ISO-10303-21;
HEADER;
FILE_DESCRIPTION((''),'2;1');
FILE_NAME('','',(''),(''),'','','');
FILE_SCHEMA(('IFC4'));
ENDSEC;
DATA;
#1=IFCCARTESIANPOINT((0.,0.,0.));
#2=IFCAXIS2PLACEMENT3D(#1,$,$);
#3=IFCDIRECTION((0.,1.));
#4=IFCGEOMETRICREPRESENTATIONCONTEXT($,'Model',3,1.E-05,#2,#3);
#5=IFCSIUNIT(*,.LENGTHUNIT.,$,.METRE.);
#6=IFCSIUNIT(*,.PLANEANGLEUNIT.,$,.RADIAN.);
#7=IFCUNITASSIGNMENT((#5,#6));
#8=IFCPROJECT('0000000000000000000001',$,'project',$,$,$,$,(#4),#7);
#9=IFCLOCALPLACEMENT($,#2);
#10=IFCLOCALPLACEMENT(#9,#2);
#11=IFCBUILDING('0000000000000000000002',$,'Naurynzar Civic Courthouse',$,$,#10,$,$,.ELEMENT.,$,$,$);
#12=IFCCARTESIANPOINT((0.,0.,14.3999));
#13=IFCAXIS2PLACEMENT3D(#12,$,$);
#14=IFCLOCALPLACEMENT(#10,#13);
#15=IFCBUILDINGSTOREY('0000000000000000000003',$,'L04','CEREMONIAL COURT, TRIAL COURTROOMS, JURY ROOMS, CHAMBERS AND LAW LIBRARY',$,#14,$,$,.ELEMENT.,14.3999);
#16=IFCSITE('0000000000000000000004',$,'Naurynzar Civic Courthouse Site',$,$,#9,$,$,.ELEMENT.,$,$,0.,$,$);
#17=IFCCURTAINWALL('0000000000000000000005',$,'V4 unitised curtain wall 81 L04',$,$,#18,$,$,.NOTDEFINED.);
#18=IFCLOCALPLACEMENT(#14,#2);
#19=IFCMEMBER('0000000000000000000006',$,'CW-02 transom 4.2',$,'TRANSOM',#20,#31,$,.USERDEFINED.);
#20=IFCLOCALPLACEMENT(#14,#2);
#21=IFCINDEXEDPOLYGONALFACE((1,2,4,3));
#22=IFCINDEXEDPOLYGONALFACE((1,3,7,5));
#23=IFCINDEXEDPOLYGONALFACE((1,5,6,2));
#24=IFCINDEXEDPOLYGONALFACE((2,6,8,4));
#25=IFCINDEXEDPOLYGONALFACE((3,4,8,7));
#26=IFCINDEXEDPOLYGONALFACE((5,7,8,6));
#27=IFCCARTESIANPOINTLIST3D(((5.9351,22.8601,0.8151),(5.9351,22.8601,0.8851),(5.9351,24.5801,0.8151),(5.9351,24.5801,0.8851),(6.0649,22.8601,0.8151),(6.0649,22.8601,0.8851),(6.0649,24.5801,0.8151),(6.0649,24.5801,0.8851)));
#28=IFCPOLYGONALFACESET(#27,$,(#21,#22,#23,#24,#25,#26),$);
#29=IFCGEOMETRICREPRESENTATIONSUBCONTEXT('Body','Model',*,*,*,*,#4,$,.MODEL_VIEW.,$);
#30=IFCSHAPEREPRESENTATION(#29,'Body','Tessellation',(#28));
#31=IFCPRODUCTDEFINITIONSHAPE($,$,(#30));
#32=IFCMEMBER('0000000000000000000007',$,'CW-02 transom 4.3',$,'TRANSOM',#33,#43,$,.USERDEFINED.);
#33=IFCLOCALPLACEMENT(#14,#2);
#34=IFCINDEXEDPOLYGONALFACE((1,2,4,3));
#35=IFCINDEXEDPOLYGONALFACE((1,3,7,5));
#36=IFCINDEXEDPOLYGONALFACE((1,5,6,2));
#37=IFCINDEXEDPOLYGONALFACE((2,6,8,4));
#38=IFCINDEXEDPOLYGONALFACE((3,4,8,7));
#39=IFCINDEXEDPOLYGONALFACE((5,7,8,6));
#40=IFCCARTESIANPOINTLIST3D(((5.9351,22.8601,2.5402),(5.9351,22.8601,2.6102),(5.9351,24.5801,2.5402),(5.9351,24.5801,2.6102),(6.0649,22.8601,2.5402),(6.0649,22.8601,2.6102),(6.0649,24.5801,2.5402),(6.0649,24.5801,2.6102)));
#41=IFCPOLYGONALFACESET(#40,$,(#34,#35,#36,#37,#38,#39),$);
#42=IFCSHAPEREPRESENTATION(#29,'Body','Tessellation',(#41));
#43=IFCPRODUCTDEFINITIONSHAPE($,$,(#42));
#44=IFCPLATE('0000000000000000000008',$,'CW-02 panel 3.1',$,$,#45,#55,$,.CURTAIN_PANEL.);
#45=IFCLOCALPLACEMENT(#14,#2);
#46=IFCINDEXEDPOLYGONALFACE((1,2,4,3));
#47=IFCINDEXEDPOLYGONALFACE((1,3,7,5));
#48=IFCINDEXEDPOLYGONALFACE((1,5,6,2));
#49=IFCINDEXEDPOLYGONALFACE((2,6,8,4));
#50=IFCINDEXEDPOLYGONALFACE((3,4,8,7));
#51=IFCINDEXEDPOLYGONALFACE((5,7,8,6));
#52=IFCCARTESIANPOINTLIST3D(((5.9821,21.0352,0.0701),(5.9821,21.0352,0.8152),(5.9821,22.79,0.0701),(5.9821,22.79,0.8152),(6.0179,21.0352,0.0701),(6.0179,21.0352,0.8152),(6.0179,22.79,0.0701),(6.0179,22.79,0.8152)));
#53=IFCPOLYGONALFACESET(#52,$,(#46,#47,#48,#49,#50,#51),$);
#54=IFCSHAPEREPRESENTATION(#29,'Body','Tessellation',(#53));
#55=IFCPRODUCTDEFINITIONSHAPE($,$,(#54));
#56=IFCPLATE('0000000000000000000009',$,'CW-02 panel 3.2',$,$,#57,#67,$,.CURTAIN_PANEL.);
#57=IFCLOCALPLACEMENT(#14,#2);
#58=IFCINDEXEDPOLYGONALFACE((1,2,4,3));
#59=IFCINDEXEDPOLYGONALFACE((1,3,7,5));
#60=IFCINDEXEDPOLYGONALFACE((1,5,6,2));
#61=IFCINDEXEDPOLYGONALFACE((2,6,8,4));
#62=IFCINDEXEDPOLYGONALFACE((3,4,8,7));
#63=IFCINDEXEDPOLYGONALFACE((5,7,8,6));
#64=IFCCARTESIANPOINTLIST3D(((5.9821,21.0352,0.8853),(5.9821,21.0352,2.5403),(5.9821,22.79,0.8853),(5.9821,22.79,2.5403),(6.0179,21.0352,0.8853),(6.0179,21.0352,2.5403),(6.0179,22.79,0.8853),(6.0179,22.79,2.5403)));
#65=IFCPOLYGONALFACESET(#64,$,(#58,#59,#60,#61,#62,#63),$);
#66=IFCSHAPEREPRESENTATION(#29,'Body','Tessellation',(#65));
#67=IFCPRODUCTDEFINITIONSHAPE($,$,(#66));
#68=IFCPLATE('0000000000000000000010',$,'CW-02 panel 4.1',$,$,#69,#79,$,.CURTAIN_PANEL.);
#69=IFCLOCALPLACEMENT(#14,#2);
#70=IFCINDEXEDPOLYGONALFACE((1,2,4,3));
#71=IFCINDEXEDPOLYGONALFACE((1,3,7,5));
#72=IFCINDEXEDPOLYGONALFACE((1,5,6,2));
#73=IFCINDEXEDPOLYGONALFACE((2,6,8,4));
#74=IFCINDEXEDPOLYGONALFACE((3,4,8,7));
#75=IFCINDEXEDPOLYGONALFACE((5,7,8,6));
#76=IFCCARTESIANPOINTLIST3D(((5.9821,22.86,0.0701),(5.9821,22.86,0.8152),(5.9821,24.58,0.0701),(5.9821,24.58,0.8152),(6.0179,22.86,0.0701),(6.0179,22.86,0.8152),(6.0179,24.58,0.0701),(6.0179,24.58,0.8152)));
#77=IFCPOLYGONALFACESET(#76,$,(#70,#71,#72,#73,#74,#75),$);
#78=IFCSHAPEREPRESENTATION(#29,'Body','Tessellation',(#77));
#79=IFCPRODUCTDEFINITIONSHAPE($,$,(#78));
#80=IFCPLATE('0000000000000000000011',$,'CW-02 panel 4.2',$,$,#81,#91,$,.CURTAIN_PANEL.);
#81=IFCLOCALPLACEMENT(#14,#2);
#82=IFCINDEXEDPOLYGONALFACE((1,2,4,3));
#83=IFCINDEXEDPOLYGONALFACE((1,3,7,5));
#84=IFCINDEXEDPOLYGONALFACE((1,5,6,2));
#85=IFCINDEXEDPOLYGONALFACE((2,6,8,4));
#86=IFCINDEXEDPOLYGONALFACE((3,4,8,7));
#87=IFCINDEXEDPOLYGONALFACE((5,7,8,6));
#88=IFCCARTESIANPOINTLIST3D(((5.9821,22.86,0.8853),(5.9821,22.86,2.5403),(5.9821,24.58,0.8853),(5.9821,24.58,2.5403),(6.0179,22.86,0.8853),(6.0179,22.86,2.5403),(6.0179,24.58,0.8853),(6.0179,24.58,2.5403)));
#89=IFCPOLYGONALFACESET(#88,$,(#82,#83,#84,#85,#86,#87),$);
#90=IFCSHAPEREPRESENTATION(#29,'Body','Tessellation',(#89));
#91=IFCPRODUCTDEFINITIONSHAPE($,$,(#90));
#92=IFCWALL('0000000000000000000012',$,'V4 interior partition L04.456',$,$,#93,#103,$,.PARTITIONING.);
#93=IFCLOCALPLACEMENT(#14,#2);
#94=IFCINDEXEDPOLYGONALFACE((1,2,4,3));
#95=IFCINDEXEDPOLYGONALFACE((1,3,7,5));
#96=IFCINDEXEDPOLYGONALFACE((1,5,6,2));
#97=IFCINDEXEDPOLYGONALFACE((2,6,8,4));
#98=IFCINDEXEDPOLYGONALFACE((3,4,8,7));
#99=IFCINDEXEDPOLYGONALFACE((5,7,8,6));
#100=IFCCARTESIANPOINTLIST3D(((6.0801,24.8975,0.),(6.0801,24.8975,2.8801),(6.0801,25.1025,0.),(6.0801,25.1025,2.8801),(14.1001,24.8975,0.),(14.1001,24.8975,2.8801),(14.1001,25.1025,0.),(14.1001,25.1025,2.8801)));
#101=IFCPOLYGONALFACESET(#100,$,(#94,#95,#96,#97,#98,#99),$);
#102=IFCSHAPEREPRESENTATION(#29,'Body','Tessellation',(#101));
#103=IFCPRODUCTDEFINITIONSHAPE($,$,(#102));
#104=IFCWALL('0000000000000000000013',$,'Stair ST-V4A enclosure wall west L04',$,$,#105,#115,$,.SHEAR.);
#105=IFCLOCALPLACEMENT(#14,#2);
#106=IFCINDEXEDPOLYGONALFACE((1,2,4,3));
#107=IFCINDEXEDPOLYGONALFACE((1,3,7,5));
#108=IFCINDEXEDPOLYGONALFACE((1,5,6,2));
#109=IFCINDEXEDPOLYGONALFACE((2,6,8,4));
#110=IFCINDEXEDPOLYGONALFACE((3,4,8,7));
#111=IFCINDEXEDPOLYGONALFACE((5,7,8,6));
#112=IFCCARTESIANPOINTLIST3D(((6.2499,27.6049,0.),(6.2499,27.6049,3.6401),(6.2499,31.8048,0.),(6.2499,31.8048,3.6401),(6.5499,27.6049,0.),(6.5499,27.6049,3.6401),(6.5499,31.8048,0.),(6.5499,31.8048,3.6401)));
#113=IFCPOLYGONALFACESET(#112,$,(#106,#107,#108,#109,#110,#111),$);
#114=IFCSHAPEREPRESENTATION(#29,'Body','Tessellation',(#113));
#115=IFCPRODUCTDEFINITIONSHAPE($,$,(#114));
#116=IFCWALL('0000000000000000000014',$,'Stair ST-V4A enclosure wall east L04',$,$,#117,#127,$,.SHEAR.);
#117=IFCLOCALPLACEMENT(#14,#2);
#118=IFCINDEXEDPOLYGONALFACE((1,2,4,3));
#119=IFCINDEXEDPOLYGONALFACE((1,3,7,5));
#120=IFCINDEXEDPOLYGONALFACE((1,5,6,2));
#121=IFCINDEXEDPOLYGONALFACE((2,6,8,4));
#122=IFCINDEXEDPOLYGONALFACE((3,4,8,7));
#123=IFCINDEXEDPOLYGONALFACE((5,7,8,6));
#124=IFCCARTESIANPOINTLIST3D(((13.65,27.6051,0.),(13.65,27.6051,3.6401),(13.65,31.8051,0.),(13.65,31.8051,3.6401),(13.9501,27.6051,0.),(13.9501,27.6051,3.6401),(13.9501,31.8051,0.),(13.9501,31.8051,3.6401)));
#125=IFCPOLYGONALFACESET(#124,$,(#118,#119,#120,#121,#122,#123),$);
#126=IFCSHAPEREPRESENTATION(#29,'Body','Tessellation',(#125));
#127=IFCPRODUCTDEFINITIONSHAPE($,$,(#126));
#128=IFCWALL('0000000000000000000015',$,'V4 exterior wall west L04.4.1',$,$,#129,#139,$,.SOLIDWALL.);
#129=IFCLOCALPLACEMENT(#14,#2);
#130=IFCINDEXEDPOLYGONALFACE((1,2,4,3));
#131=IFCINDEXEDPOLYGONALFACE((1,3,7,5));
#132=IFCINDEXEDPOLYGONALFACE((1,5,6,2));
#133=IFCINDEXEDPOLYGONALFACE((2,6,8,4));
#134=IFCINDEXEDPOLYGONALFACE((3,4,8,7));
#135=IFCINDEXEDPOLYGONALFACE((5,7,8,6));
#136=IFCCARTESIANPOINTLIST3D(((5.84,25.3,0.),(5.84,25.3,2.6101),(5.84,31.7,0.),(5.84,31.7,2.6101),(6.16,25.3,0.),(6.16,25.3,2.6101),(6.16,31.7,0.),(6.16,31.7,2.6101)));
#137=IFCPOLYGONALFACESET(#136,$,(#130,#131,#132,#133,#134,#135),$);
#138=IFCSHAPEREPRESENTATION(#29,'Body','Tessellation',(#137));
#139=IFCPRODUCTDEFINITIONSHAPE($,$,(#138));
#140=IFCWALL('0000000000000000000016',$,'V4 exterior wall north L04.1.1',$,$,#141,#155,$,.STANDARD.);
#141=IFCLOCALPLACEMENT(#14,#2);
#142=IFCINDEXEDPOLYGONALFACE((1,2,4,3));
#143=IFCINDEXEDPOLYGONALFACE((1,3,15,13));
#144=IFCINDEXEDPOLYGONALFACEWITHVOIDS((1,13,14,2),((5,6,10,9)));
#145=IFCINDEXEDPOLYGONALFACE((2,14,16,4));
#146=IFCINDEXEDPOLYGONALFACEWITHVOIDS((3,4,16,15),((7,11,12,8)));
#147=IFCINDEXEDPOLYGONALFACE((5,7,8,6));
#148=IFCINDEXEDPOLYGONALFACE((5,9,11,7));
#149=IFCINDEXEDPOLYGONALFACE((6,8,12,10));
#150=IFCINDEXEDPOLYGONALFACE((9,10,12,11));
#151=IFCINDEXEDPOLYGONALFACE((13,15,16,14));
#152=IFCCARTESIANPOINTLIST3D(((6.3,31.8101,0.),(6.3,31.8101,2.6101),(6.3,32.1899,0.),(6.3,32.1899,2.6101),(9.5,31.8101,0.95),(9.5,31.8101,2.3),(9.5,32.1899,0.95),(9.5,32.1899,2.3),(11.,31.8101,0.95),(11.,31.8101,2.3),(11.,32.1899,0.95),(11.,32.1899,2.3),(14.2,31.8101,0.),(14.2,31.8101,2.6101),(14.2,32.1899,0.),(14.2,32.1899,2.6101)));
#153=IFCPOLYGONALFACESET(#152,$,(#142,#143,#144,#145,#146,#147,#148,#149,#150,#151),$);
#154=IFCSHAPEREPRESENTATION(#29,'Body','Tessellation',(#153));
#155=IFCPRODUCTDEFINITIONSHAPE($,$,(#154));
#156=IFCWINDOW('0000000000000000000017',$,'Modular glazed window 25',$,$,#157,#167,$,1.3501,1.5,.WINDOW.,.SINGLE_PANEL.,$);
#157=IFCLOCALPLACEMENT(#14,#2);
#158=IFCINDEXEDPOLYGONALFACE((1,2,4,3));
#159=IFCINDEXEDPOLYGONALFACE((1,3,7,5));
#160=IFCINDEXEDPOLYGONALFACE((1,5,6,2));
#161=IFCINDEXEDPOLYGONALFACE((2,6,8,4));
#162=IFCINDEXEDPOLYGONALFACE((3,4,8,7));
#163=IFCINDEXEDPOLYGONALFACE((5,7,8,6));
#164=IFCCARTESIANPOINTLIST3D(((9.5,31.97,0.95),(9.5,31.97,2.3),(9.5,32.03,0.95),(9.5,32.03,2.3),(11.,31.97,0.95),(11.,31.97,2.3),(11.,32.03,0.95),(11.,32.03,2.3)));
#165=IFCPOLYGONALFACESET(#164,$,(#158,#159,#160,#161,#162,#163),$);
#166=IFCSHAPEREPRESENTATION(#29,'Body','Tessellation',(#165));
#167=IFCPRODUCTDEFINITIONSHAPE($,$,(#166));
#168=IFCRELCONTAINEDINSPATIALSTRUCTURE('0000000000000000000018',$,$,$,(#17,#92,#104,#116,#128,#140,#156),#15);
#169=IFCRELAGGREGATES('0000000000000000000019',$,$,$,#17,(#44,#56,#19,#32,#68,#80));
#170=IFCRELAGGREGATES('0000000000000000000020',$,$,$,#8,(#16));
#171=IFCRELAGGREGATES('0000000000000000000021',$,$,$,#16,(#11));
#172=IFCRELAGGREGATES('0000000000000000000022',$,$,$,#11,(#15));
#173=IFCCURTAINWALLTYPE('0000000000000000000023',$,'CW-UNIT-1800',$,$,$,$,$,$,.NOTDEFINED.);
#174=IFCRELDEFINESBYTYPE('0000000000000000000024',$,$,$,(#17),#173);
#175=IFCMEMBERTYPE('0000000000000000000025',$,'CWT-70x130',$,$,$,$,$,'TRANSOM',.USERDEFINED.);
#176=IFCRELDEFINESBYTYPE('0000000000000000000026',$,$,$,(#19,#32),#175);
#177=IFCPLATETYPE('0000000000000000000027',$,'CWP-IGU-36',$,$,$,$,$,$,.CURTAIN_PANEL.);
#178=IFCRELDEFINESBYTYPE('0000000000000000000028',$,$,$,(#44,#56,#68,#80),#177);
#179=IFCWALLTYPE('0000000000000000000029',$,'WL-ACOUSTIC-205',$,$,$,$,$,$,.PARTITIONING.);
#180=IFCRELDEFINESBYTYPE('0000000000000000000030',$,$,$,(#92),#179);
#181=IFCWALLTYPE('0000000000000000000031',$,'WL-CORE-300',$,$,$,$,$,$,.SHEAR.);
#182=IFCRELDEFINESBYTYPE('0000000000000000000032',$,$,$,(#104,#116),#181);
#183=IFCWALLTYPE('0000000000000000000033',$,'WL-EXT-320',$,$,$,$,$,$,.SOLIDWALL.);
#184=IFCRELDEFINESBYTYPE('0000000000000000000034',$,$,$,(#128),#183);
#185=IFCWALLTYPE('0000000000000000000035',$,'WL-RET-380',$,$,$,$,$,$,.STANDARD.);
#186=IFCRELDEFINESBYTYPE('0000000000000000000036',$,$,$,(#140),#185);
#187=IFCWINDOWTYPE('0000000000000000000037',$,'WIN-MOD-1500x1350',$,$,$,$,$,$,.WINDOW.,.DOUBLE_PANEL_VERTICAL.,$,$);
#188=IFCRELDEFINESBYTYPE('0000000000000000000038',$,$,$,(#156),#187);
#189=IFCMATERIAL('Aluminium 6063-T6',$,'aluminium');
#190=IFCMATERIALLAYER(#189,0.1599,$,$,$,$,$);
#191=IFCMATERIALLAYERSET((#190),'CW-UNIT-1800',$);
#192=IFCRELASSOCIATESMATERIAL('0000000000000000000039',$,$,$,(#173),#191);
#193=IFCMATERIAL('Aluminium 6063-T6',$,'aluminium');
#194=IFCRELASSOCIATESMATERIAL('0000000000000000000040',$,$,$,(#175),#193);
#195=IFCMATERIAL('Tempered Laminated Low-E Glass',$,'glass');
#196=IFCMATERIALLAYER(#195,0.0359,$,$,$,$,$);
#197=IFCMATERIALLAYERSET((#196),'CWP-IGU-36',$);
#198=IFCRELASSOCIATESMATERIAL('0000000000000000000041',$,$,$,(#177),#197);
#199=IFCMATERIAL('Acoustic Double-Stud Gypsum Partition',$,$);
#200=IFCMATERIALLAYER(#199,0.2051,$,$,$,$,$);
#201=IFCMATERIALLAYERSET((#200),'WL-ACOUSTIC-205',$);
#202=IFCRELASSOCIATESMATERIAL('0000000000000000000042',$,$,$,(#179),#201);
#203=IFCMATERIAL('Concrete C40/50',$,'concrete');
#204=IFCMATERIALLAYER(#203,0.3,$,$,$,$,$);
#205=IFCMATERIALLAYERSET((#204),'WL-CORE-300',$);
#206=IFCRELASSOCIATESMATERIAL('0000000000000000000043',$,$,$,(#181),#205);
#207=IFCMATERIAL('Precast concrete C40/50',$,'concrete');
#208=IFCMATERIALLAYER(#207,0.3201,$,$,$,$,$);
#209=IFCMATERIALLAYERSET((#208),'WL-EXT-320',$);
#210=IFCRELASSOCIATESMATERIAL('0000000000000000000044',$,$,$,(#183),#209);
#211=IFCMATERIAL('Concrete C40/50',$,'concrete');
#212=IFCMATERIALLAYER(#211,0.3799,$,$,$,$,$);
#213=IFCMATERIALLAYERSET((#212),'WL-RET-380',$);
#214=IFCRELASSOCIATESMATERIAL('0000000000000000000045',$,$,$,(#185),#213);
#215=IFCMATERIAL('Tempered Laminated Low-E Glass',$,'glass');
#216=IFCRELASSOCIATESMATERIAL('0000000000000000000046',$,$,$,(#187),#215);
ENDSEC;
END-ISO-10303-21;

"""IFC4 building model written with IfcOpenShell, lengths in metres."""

from ifc_helpers import new_model, si_unit, direction, frame, frame_2d, origin, origin_2d, place, context, subcontext, project, spatial, rectangle, extrude, material, layer, layer_set, material_profile, profile_set, type_object, element, fill, aggregate, save


model = new_model("IFC4")

# Units and contexts
model_context = context("Model", 3, precision=1e-05, world=origin(), true_north=direction((0.0, 1.0)))
body_context = subcontext(model_context, "Body", "Model", "MODEL_VIEW")
ifc_project = project(units=[si_unit("LENGTHUNIT", "METRE"), si_unit("PLANEANGLEUNIT", "RADIAN")], contexts=[model_context])

# Site, building, storey
site_placement = place(None, origin())
site = spatial("IfcSite", under=ifc_project, at=site_placement, Name="Naurynzar Civic Courthouse Site", CompositionType="ELEMENT", RefElevation=0.0)
building_placement = place(site_placement, origin())
building = spatial("IfcBuilding", under=site, at=building_placement, Name="Naurynzar Civic Courthouse", CompositionType="ELEMENT")
storey_placement = place(building_placement, frame((0.0, 0.0, 14.3999)))
storey = spatial("IfcBuildingStorey", under=building, at=storey_placement, Name="L04", Description="CEREMONIAL COURT, TRIAL COURTROOMS, JURY ROOMS, CHAMBERS AND LAW LIBRARY", CompositionType="ELEMENT", Elevation=14.3999)

# Curtain wall, members, plates
ifc_material_1 = material(Name="Aluminium 6063-T6", Category="aluminium")
ifc_layer_1 = layer(ifc_material_1, 0.1599)
ifc_layer_set_1 = layer_set([ifc_layer_1], Name="CW-UNIT-1800")
curtain_wall_type = type_object("IfcCurtainWallType", Name="CW-UNIT-1800", PredefinedType="NOTDEFINED", material=ifc_layer_set_1)
curtain_wall_placement = place(storey_placement, origin())
curtain_wall = element("IfcCurtainWall", 1, at=curtain_wall_placement, inside=storey, type_object=curtain_wall_type, Name="V4 unitised curtain wall 81 L04", PredefinedType="NOTDEFINED")
ifc_material_2 = material(Name="Aluminium 6063-T6", Category="aluminium")
ifc_material_profile_1 = material_profile(ifc_material_2, rectangle(XDim=0.1299, YDim=0.0701, at=origin_2d()), Name="ALU TRANSOM 70x130")
ifc_profile_set_1 = profile_set([ifc_material_profile_1], Name="Aluminium 6063-T6")
member_type_1 = type_object("IfcMemberType", Name="CWT-70x130", ElementType="TRANSOM", PredefinedType="USERDEFINED", material=ifc_profile_set_1)
member_1_placement = place(storey_placement, frame((6.0, 22.8601, 0.8501), z_axis=(0.0, 1.0, 0.0), x_axis=(-1.0, 0.0, 0.0)))
member_1 = element("IfcMember", 2, at=member_1_placement, type_object=member_type_1, Name="CW-02 transom 4.2", ObjectType="TRANSOM", PredefinedType="USERDEFINED", context=body_context, shape_type="SweptSolid", body=[
    extrude(rectangle(XDim=0.1299, YDim=0.0701, at=origin_2d()), origin(), (0.0, 0.0, 1.0), 1.72),
])
member_2_placement = place(storey_placement, frame((6.0, 22.8601, 2.5752), z_axis=(0.0, 1.0, 0.0), x_axis=(-1.0, 0.0, 0.0)))
member_2 = element("IfcMember", 3, at=member_2_placement, type_object=member_type_1, Name="CW-02 transom 4.3", ObjectType="TRANSOM", PredefinedType="USERDEFINED", context=body_context, shape_type="SweptSolid", body=[
    extrude(rectangle(XDim=0.1299, YDim=0.0701, at=origin_2d()), origin(), (0.0, 0.0, 1.0), 1.72),
])
ifc_material_3 = material(Name="Tempered Laminated Low-E Glass", Category="glass")
ifc_layer_2 = layer(ifc_material_3, 0.0359)
ifc_layer_set_2 = layer_set([ifc_layer_2], Name="CWP-IGU-36")
plate_type = type_object("IfcPlateType", Name="CWP-IGU-36", PredefinedType="CURTAIN_PANEL", material=ifc_layer_set_2)
plate_1_placement = place(storey_placement, frame((6.0, 21.9126, 0.0701), z_axis=(0.0, 0.0, 1.0), x_axis=(0.0, 1.0, 0.0)))
plate_1 = element("IfcPlate", 4, at=plate_1_placement, type_object=plate_type, Name="CW-02 panel 3.1", PredefinedType="CURTAIN_PANEL", context=body_context, shape_type="SweptSolid", body=[
    extrude(rectangle(XDim=1.7549, YDim=0.0359, at=origin_2d()), origin(), (0.0, 0.0, 1.0), 0.7451),
])
plate_2_placement = place(storey_placement, frame((6.0, 21.9126, 0.8853), z_axis=(0.0, 0.0, 1.0), x_axis=(0.0, 1.0, 0.0)))
plate_2 = element("IfcPlate", 5, at=plate_2_placement, type_object=plate_type, Name="CW-02 panel 3.2", PredefinedType="CURTAIN_PANEL", context=body_context, shape_type="SweptSolid", body=[
    extrude(rectangle(XDim=1.7549, YDim=0.0359, at=origin_2d()), origin(), (0.0, 0.0, 1.0), 1.655),
])
plate_3_placement = place(storey_placement, frame((6.0, 23.72, 0.0701), z_axis=(0.0, 0.0, 1.0), x_axis=(0.0, 1.0, 0.0)))
plate_3 = element("IfcPlate", 6, at=plate_3_placement, type_object=plate_type, Name="CW-02 panel 4.1", PredefinedType="CURTAIN_PANEL", context=body_context, shape_type="SweptSolid", body=[
    extrude(rectangle(XDim=1.72, YDim=0.0359, at=origin_2d()), origin(), (0.0, 0.0, 1.0), 0.7451),
])
plate_4_placement = place(storey_placement, frame((6.0, 23.72, 0.8853), z_axis=(0.0, 0.0, 1.0), x_axis=(0.0, 1.0, 0.0)))
plate_4 = element("IfcPlate", 7, at=plate_4_placement, type_object=plate_type, Name="CW-02 panel 4.2", PredefinedType="CURTAIN_PANEL", context=body_context, shape_type="SweptSolid", body=[
    extrude(rectangle(XDim=1.72, YDim=0.0359, at=origin_2d()), origin(), (0.0, 0.0, 1.0), 1.655),
])
aggregate(curtain_wall, [plate_1, plate_2, member_1, member_2, plate_3, plate_4])

# Wall
ifc_material_4 = material(Name="Acoustic Double-Stud Gypsum Partition")
ifc_layer_3 = layer(ifc_material_4, 0.2051)
ifc_layer_set_3 = layer_set([ifc_layer_3], Name="WL-ACOUSTIC-205")
wall_type_1 = type_object("IfcWallType", Name="WL-ACOUSTIC-205", PredefinedType="PARTITIONING", material=ifc_layer_set_3)
wall_1_placement = place(storey_placement, frame((6.0801, 25.0, 0.0), z_axis=(0.0, 0.0, 1.0), x_axis=(1.0, 0.0, 0.0)))
element("IfcWall", 8, at=wall_1_placement, inside=storey, type_object=wall_type_1, Name="V4 interior partition L04.456", PredefinedType="PARTITIONING", context=body_context, shape_type="SweptSolid", body=[
    extrude(rectangle(XDim=8.02, YDim=0.2051, at=frame_2d((4.01, 0.0))), origin(), (0.0, 0.0, 1.0), 2.8801),
])

# Shared definitions
ifc_material_5 = material(Name="Concrete C40/50", Category="concrete")
ifc_layer_4 = layer(ifc_material_5, 0.3)
ifc_layer_set_4 = layer_set([ifc_layer_4], Name="WL-CORE-300")
wall_type_2 = type_object("IfcWallType", Name="WL-CORE-300", PredefinedType="SHEAR", material=ifc_layer_set_4)

# Walls
for number, where, z_axis, x_axis, name in (
    (9, (6.3999, 31.8049, 0.0), (0.0, 0.0, 1.0), (0.0, -1.0, 0.0), "Stair ST-V4A enclosure wall west L04"),
    (10, (13.8, 27.605, 0.0), (0.0, 0.0, 1.0), (0.0, 1.0, 0.0), "Stair ST-V4A enclosure wall east L04"),
):
    element("IfcWall", number, at=place(storey_placement, frame(where, z_axis=z_axis, x_axis=x_axis)), inside=storey, type_object=wall_type_2, Name=name, PredefinedType="SHEAR", context=body_context, shape_type="SweptSolid", body=[
        extrude(rectangle(XDim=4.2, YDim=0.3, at=frame_2d((2.1001, 0.0))), origin(), (0.0, 0.0, 1.0), 3.6401),
    ])
ifc_material_6 = material(Name="Precast concrete C40/50", Category="concrete")
ifc_layer_5 = layer(ifc_material_6, 0.3201)
ifc_layer_set_5 = layer_set([ifc_layer_5], Name="WL-EXT-320")
wall_type_3 = type_object("IfcWallType", Name="WL-EXT-320", PredefinedType="SOLIDWALL", material=ifc_layer_set_5)
wall_2_placement = place(storey_placement, frame((6.0, 25.3, 0.0), z_axis=(0.0, 0.0, 1.0), x_axis=(0.0, 1.0, 0.0)))
element("IfcWall", 11, at=wall_2_placement, inside=storey, type_object=wall_type_3, Name="V4 exterior wall west L04.4.1", PredefinedType="SOLIDWALL", context=body_context, shape_type="SweptSolid", body=[
    extrude(rectangle(XDim=6.3999, YDim=0.3201, at=frame_2d((3.2, 0.0))), origin(), (0.0, 0.0, 1.0), 2.6101),
])

# Wall, opening, window
ifc_material_7 = material(Name="Concrete C40/50", Category="concrete")
ifc_layer_6 = layer(ifc_material_7, 0.3799)
ifc_layer_set_6 = layer_set([ifc_layer_6], Name="WL-RET-380")
wall_type_4 = type_object("IfcWallType", Name="WL-RET-380", PredefinedType="STANDARD", material=ifc_layer_set_6)
wall_3_placement = place(storey_placement, frame((6.3, 32.0, 0.0), z_axis=(0.0, 0.0, 1.0), x_axis=(1.0, 0.0, 0.0)))
wall_3 = element("IfcWall", 12, at=wall_3_placement, inside=storey, type_object=wall_type_4, Name="V4 exterior wall north L04.1.1", PredefinedType="STANDARD", context=body_context, shape_type="SweptSolid", body=[
    extrude(rectangle(XDim=7.8999, YDim=0.3799, at=frame_2d((3.95, 0.0))), origin(), (0.0, 0.0, 1.0), 2.6101),
])
opening_1_placement = place(wall_3_placement, frame((3.2, 0.0, 0.95)))
opening_1 = element("IfcOpeningElement", 13, at=opening_1_placement, cuts=wall_3, PredefinedType="OPENING", context=body_context, shape_type="SweptSolid", body=[
    extrude(rectangle(XDim=1.5, YDim=1.3501, at=frame_2d((0.75, 0.675))), frame((0.0, 0.2, 0.0), z_axis=(0.0, -1.0, 0.0), x_axis=(1.0, 0.0, 0.0)), (0.0, 0.0, 1.0), 0.3999),
])
ifc_material_8 = material(Name="Tempered Laminated Low-E Glass", Category="glass")
window_type = type_object("IfcWindowType", Name="WIN-MOD-1500x1350", PartitioningType="DOUBLE_PANEL_VERTICAL", PredefinedType="WINDOW", material=ifc_material_8)
window_placement = place(opening_1_placement, origin())
window = element("IfcWindow", 14, at=window_placement, inside=storey, type_object=window_type, Name="Modular glazed window 25", OverallHeight=1.3501, OverallWidth=1.5, PartitioningType="SINGLE_PANEL", PredefinedType="WINDOW", context=body_context, shape_type="SweptSolid", body=[
    extrude(rectangle(XDim=1.5, YDim=1.3501, at=frame_2d((0.75, 0.675))), frame((0.0, 0.03, 0.0), z_axis=(0.0, -1.0, 0.0), x_axis=(1.0, 0.0, 0.0)), (0.0, 0.0, 1.0), 0.0601),
])
fill(opening_1, window)

save(model, "model.ifc")
